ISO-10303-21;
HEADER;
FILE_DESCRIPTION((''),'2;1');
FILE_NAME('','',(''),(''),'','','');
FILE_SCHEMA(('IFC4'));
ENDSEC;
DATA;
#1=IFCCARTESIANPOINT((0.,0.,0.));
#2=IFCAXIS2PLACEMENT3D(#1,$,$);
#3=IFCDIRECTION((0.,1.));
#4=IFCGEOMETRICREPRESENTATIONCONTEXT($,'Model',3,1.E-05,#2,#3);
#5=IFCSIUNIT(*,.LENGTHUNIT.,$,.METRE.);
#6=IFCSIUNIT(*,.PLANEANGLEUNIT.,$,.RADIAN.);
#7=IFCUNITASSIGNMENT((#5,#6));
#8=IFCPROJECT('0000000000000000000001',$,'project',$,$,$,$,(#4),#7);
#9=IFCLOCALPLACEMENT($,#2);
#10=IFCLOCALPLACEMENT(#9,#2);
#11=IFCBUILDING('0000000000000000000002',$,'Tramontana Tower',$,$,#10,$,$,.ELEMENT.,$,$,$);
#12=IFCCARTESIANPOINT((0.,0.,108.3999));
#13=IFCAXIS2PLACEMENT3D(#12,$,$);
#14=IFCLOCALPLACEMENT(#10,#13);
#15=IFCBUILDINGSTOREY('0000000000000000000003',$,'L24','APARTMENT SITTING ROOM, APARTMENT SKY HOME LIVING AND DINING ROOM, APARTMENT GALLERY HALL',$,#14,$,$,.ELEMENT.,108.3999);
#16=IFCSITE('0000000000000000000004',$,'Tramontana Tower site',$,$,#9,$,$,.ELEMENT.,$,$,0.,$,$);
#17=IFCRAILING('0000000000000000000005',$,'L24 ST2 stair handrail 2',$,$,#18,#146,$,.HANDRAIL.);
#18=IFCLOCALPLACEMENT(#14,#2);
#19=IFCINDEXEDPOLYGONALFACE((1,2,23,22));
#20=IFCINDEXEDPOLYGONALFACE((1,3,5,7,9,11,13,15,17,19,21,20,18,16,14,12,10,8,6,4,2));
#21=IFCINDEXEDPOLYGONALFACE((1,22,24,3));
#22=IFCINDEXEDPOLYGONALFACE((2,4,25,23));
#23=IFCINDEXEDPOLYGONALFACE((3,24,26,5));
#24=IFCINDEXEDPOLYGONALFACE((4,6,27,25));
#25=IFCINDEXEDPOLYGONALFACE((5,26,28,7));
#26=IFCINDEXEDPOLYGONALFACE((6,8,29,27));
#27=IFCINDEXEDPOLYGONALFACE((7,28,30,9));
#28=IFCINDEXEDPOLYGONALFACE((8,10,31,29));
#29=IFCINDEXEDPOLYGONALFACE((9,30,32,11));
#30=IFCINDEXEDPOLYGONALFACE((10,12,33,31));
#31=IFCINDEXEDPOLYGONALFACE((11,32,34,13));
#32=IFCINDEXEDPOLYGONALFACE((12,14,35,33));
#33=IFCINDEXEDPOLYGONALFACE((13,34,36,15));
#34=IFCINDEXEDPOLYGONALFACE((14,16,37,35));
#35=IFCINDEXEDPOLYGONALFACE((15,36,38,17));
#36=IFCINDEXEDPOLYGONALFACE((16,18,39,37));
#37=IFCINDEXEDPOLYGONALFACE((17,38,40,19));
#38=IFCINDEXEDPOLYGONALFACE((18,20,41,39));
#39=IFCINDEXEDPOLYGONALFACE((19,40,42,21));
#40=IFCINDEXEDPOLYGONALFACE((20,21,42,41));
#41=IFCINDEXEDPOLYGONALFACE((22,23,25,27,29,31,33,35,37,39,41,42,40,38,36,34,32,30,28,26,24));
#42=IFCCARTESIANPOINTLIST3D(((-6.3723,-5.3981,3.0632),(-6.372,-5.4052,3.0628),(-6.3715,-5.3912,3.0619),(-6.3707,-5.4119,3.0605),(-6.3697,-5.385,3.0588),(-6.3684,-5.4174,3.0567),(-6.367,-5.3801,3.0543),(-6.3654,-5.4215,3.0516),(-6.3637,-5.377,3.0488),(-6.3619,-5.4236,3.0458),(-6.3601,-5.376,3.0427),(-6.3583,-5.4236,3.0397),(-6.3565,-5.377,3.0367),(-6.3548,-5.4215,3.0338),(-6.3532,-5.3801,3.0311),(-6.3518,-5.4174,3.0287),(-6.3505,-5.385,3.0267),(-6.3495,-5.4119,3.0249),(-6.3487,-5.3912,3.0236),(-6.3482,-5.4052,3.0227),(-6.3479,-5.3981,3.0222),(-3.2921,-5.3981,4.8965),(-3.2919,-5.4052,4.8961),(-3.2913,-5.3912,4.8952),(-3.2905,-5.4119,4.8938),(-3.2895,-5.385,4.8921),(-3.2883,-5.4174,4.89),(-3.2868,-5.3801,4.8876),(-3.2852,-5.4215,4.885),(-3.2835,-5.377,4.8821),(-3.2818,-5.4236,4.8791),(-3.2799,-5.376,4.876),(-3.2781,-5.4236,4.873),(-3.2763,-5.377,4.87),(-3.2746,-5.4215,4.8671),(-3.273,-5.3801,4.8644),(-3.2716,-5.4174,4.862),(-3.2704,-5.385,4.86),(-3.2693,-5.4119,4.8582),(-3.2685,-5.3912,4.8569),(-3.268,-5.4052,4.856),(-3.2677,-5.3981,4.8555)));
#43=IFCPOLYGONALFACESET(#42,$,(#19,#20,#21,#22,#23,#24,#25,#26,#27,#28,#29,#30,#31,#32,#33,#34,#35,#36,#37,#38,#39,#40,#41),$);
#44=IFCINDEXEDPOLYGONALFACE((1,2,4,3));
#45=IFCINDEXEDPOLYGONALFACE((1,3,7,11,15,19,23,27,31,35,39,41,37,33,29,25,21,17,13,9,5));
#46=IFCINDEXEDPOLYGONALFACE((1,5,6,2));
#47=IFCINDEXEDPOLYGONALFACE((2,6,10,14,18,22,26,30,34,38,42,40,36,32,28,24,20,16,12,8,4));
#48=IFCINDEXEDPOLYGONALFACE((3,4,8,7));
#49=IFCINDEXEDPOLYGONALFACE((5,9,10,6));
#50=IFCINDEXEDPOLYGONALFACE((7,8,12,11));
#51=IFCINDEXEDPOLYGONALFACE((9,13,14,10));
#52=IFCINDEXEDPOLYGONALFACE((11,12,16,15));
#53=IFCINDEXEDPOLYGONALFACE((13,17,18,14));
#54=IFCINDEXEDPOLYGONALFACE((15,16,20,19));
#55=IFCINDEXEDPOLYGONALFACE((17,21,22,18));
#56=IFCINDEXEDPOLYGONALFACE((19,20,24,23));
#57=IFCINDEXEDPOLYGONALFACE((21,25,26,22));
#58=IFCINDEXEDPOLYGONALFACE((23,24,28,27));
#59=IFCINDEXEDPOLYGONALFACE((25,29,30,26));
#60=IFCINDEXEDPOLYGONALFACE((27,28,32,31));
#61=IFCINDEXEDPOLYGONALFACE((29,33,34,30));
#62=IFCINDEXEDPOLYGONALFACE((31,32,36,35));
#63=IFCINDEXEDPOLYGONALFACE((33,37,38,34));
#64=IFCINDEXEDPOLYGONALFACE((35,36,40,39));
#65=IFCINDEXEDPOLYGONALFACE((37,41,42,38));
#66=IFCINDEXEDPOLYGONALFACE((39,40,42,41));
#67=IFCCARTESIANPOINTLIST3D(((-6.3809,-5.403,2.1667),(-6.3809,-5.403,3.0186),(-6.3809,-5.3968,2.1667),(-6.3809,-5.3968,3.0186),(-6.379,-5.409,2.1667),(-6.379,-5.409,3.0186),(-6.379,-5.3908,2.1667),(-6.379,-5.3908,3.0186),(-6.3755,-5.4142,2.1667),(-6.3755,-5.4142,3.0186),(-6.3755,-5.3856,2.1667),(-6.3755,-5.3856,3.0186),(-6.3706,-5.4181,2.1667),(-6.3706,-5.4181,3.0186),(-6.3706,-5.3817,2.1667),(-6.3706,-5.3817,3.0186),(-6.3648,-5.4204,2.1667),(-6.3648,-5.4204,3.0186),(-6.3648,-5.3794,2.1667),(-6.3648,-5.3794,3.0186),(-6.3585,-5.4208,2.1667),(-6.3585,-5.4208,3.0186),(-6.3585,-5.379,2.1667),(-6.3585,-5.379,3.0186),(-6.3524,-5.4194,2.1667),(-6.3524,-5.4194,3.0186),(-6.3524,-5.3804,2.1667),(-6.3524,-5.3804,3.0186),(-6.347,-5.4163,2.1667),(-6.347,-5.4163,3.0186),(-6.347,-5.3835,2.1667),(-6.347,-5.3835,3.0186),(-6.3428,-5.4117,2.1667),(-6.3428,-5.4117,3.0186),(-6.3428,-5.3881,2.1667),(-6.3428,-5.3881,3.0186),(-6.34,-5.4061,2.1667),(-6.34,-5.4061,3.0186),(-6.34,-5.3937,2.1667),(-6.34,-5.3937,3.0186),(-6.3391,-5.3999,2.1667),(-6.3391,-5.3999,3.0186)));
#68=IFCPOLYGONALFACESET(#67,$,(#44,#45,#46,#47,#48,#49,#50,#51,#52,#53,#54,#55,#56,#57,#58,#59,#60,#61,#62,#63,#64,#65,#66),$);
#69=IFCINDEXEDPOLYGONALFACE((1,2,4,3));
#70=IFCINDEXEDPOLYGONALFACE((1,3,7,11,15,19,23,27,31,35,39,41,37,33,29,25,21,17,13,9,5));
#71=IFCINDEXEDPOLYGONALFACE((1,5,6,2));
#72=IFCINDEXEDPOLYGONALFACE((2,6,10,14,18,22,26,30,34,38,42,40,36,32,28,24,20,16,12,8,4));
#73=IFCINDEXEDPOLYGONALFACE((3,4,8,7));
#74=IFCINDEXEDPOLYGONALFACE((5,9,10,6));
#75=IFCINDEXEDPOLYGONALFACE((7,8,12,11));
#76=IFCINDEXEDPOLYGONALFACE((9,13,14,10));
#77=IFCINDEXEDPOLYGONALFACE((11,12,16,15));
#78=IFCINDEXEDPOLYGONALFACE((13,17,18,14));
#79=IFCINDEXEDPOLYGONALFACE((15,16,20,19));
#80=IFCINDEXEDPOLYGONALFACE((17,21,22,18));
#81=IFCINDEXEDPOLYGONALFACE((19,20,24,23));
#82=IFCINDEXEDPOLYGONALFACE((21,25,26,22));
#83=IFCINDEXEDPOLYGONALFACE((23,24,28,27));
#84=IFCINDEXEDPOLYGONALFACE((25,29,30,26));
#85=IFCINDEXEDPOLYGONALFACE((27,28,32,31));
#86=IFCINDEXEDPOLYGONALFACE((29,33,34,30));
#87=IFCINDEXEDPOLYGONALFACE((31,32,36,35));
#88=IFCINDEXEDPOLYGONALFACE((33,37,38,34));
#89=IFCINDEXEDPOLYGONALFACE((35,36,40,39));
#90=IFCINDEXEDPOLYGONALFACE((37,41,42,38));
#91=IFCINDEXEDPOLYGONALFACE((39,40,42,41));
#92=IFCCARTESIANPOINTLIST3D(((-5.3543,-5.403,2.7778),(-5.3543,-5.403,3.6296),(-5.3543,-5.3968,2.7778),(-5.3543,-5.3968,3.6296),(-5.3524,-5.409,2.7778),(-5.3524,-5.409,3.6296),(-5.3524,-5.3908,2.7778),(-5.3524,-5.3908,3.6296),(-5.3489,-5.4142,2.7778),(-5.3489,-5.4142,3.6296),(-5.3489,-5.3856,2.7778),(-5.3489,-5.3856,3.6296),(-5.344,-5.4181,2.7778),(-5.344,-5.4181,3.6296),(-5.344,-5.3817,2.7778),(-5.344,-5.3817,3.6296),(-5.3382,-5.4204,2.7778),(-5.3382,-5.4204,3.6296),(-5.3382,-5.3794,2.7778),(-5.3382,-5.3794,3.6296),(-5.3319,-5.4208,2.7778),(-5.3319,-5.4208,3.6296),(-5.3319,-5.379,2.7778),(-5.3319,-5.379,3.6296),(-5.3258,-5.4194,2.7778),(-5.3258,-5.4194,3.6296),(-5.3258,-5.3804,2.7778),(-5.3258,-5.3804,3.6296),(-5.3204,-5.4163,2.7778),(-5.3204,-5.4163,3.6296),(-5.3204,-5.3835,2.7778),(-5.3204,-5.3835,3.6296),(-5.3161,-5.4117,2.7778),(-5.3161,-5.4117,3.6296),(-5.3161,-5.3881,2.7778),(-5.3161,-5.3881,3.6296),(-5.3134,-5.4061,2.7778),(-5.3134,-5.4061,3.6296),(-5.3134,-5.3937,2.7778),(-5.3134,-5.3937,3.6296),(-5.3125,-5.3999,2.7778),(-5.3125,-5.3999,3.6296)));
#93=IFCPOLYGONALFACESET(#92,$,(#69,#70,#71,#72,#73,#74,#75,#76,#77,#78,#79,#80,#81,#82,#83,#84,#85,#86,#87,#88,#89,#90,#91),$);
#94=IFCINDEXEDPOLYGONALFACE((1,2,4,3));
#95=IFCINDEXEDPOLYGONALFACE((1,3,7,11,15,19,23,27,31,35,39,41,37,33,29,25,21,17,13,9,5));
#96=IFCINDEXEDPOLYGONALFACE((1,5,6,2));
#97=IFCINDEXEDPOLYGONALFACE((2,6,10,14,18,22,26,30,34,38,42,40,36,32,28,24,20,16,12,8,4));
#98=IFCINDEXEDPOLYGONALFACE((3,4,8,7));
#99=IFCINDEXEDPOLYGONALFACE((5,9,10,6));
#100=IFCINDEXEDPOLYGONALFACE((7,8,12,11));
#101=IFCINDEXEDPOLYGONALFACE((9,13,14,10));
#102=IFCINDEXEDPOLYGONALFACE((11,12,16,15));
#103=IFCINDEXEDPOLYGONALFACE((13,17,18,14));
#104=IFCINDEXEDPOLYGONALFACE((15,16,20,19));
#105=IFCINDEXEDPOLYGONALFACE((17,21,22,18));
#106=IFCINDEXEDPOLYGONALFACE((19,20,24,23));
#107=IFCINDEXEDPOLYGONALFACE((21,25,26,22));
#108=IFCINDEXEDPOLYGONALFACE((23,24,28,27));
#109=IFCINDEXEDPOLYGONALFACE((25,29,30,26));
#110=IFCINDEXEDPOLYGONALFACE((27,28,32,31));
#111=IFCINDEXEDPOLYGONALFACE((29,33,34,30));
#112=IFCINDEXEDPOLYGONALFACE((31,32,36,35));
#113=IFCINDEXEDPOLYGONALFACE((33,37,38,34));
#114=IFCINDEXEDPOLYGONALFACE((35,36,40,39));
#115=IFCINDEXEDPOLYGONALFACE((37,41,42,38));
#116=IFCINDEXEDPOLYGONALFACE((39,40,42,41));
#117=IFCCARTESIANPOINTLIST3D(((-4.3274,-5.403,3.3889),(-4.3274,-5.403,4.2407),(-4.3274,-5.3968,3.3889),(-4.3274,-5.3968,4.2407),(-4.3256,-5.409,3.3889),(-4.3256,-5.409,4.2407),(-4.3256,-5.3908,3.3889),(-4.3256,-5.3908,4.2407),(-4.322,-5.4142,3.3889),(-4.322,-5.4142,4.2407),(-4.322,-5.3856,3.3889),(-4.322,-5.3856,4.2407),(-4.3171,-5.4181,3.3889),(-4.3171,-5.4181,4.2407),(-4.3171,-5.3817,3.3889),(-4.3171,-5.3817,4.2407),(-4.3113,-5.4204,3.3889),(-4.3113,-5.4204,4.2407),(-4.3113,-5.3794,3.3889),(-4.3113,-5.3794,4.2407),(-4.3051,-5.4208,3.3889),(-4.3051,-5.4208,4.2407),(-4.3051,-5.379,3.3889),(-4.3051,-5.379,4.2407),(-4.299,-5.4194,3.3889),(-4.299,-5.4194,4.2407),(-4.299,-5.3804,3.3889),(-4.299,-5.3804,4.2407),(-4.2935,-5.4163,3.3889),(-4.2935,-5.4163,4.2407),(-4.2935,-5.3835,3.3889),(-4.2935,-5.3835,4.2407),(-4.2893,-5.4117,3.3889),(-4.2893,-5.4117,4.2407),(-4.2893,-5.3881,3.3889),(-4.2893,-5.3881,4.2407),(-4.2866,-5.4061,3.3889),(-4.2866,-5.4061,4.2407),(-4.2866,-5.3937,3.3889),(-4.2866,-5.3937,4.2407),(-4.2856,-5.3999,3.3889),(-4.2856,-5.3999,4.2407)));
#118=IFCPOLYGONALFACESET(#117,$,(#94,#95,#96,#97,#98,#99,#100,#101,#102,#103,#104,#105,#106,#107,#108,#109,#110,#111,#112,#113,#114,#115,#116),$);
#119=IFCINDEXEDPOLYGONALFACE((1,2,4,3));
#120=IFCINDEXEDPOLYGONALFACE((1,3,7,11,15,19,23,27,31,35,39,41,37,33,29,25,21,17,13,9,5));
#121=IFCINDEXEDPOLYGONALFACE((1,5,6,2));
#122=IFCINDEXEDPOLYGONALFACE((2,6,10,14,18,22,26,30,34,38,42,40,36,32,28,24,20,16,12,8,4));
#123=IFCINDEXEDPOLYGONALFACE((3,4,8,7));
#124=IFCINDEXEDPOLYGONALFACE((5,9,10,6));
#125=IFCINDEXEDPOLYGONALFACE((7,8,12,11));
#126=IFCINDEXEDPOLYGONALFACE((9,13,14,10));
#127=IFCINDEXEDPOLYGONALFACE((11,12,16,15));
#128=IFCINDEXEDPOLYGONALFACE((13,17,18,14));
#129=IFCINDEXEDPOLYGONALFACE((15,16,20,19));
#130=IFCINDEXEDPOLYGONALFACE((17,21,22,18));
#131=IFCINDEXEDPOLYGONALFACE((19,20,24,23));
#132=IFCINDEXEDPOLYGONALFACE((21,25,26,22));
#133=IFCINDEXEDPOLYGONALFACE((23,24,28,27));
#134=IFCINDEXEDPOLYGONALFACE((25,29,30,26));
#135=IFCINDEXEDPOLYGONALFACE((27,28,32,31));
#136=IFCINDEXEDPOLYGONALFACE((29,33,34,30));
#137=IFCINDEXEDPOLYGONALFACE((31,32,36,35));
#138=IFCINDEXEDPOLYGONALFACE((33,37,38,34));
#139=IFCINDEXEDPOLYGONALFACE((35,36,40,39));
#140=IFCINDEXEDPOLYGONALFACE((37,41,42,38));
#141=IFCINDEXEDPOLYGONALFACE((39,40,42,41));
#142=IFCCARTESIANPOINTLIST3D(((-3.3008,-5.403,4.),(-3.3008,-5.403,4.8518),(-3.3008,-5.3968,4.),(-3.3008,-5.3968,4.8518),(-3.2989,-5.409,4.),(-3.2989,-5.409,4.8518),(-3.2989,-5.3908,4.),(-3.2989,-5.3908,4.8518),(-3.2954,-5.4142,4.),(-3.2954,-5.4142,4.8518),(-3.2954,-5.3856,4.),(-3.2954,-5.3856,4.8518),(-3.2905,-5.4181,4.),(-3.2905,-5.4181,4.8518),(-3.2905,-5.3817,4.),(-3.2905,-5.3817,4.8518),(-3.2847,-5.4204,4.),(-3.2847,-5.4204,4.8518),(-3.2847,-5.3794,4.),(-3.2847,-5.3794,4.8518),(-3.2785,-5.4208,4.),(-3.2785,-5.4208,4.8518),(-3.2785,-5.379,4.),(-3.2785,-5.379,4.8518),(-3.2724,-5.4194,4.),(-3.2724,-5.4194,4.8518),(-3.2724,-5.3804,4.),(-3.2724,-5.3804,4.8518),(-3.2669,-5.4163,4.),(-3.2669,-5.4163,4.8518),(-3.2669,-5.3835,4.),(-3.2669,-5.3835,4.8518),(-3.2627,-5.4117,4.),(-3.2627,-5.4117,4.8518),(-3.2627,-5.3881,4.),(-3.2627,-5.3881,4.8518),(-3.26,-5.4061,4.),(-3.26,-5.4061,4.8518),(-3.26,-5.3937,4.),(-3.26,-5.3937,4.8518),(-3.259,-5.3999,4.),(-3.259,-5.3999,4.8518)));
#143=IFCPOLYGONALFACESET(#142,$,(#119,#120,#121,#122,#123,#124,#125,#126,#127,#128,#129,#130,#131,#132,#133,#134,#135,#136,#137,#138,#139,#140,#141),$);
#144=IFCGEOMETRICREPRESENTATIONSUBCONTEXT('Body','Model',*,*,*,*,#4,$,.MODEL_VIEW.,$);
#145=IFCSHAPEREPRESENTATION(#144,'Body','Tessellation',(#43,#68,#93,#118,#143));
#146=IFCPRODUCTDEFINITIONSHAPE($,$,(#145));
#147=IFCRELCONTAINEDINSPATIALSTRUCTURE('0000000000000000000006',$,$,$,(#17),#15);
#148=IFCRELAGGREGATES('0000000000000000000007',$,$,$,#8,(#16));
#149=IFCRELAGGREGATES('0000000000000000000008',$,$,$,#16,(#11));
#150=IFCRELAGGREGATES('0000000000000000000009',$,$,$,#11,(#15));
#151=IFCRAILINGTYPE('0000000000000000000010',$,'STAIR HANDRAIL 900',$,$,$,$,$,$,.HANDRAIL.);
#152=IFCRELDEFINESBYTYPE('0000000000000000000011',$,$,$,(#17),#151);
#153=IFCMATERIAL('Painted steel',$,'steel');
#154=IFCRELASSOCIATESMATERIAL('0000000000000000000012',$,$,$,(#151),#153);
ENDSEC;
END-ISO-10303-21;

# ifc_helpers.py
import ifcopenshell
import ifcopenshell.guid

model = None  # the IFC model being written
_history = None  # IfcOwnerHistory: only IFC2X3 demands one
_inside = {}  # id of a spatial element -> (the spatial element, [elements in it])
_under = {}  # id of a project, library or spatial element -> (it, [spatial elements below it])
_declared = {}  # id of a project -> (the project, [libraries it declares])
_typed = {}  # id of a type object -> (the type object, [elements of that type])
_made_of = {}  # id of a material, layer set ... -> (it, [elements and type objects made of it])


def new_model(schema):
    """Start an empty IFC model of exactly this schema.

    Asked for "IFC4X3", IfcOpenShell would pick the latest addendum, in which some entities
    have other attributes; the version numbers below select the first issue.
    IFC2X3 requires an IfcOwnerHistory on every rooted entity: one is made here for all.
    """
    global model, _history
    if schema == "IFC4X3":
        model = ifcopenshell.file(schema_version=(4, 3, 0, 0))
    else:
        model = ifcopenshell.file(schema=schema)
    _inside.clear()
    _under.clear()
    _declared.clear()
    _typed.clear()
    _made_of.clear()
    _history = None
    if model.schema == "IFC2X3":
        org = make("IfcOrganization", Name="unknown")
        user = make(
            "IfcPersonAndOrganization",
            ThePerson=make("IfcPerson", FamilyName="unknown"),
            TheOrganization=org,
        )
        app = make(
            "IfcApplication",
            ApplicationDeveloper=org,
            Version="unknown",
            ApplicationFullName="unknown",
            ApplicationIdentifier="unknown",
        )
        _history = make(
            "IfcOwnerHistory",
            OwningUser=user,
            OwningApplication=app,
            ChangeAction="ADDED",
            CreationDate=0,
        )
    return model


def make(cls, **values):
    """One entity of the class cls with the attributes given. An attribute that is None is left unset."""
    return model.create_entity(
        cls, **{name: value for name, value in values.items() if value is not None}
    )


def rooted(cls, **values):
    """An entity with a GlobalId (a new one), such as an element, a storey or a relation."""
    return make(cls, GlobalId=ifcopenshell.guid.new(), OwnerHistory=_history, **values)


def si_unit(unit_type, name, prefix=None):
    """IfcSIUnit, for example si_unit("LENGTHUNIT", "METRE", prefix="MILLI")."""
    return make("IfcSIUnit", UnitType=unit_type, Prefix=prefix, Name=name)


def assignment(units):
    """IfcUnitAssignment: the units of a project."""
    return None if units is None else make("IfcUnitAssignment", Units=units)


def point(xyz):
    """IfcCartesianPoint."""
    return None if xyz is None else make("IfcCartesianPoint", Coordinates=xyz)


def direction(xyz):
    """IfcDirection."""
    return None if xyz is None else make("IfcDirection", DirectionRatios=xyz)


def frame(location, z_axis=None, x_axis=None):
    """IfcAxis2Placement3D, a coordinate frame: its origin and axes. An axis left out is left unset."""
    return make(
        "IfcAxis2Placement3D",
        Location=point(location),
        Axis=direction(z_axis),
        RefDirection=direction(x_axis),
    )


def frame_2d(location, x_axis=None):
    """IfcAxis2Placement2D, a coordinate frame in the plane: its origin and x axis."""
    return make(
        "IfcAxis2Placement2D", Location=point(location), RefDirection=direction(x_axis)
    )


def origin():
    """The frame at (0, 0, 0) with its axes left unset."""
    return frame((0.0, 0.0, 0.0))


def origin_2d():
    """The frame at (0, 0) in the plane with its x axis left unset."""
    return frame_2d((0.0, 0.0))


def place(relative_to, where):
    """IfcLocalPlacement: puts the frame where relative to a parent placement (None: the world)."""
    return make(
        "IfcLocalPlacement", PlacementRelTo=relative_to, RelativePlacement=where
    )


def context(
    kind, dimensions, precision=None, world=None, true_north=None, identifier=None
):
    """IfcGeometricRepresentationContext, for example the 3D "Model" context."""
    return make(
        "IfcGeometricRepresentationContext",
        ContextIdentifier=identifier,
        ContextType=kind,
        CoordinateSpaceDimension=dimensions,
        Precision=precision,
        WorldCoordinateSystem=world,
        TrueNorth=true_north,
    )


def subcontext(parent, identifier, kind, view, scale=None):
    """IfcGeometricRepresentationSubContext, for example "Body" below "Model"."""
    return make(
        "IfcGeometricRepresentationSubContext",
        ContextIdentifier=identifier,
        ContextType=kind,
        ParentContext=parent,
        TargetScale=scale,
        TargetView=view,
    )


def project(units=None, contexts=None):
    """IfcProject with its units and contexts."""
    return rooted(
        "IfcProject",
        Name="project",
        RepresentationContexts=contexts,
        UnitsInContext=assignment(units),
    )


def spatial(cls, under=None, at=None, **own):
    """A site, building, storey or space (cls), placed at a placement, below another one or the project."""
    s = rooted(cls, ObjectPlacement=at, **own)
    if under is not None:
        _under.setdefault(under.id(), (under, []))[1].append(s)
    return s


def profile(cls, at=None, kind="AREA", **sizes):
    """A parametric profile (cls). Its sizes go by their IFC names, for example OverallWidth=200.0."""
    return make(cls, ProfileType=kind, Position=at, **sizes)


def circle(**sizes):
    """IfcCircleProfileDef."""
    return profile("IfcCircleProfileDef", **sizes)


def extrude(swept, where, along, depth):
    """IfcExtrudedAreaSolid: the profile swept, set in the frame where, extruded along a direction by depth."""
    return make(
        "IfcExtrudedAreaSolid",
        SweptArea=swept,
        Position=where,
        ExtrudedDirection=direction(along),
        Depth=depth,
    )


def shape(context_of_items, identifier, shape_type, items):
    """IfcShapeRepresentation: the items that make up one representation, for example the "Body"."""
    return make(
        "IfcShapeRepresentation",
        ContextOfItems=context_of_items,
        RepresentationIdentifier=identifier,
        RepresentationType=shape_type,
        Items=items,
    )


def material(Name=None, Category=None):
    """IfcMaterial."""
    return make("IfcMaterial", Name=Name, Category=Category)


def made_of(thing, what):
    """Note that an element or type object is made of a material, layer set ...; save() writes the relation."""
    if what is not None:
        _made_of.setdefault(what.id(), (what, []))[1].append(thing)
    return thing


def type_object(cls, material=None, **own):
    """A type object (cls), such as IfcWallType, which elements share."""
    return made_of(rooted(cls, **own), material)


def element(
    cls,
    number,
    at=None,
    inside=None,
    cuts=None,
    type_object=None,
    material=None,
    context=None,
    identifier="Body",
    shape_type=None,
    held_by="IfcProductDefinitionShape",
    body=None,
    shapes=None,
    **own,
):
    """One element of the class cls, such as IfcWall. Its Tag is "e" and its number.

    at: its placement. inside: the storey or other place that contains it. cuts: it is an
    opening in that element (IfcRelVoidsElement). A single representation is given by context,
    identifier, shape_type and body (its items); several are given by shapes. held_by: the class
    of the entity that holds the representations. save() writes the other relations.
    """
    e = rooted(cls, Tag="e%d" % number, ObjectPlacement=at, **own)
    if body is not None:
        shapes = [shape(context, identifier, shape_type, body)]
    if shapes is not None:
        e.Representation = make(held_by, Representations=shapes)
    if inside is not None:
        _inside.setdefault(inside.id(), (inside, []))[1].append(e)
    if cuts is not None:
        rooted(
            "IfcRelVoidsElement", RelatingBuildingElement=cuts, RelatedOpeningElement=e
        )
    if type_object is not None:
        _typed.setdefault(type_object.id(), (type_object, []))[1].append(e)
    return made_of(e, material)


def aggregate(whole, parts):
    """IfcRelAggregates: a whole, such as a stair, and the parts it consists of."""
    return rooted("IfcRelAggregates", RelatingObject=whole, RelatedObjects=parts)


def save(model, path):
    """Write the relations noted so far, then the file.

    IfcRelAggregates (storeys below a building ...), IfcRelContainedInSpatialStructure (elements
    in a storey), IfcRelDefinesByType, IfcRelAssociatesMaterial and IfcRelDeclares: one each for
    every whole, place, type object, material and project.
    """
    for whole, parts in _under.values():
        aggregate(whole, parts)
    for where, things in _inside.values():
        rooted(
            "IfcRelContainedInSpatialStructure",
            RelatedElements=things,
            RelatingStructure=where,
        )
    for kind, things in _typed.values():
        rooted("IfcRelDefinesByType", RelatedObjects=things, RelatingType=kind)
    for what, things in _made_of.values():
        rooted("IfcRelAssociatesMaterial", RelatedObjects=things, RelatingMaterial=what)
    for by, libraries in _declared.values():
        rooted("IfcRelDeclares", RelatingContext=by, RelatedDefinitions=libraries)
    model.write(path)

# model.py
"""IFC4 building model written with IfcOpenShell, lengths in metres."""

from ifc_helpers import new_model, si_unit, direction, frame, origin, origin_2d, place, context, subcontext, project, spatial, circle, extrude, material, type_object, element, save


model = new_model("IFC4")

# Units and contexts
model_context = context("Model", 3, precision=1e-05, world=origin(), true_north=direction((0.0, 1.0)))
body_context = subcontext(model_context, "Body", "Model", "MODEL_VIEW")
ifc_project = project(units=[si_unit("LENGTHUNIT", "METRE"), si_unit("PLANEANGLEUNIT", "RADIAN")], contexts=[model_context])

# Site, building, storey
site_placement = place(None, origin())
site = spatial("IfcSite", under=ifc_project, at=site_placement, Name="Tramontana Tower site", CompositionType="ELEMENT", RefElevation=0.0)
building_placement = place(site_placement, origin())
building = spatial("IfcBuilding", under=site, at=building_placement, Name="Tramontana Tower", CompositionType="ELEMENT")
storey_placement = place(building_placement, frame((0.0, 0.0, 108.3999)))
storey = spatial("IfcBuildingStorey", under=building, at=storey_placement, Name="L24", Description="APARTMENT SITTING ROOM, APARTMENT SKY HOME LIVING AND DINING ROOM, APARTMENT GALLERY HALL", CompositionType="ELEMENT", Elevation=108.3999)

# Railing
ifc_material_1 = material(Name="Painted steel", Category="steel")
railing_type_1 = type_object("IfcRailingType", Name="STAIR HANDRAIL 900", PredefinedType="HANDRAIL", material=ifc_material_1)
railing_1_placement = place(storey_placement, frame((-6.3601, -5.3999, 2.1667)))
element("IfcRailing", 1, at=railing_1_placement, inside=storey, type_object=railing_type_1, Name="L24 ST2 stair handrail 2", PredefinedType="HANDRAIL", context=body_context, shape_type="SweptSolid", body=[
    extrude(circle(Radius=0.0239, at=origin_2d()), frame((0.0, 0.0, 0.876), z_axis=(0.859309, 0.0, 0.511458), x_axis=(0.0, 1.0, 0.0)), (0.0, 0.0, 1.0), 3.5845),
    extrude(circle(Radius=0.021, at=origin_2d()), origin(), (0.0, 0.0, 1.0), 0.8518),
    extrude(circle(Radius=0.021, at=origin_2d()), frame((1.0266, 0.0, 0.6111)), (0.0, 0.0, 1.0), 0.8518),
    extrude(circle(Radius=0.021, at=origin_2d()), frame((2.0535, 0.0, 1.2222)), (0.0, 0.0, 1.0), 0.8518),
    extrude(circle(Radius=0.021, at=origin_2d()), frame((3.0801, 0.0, 1.8333)), (0.0, 0.0, 1.0), 0.8518),
])

save(model, "model.ifc")
